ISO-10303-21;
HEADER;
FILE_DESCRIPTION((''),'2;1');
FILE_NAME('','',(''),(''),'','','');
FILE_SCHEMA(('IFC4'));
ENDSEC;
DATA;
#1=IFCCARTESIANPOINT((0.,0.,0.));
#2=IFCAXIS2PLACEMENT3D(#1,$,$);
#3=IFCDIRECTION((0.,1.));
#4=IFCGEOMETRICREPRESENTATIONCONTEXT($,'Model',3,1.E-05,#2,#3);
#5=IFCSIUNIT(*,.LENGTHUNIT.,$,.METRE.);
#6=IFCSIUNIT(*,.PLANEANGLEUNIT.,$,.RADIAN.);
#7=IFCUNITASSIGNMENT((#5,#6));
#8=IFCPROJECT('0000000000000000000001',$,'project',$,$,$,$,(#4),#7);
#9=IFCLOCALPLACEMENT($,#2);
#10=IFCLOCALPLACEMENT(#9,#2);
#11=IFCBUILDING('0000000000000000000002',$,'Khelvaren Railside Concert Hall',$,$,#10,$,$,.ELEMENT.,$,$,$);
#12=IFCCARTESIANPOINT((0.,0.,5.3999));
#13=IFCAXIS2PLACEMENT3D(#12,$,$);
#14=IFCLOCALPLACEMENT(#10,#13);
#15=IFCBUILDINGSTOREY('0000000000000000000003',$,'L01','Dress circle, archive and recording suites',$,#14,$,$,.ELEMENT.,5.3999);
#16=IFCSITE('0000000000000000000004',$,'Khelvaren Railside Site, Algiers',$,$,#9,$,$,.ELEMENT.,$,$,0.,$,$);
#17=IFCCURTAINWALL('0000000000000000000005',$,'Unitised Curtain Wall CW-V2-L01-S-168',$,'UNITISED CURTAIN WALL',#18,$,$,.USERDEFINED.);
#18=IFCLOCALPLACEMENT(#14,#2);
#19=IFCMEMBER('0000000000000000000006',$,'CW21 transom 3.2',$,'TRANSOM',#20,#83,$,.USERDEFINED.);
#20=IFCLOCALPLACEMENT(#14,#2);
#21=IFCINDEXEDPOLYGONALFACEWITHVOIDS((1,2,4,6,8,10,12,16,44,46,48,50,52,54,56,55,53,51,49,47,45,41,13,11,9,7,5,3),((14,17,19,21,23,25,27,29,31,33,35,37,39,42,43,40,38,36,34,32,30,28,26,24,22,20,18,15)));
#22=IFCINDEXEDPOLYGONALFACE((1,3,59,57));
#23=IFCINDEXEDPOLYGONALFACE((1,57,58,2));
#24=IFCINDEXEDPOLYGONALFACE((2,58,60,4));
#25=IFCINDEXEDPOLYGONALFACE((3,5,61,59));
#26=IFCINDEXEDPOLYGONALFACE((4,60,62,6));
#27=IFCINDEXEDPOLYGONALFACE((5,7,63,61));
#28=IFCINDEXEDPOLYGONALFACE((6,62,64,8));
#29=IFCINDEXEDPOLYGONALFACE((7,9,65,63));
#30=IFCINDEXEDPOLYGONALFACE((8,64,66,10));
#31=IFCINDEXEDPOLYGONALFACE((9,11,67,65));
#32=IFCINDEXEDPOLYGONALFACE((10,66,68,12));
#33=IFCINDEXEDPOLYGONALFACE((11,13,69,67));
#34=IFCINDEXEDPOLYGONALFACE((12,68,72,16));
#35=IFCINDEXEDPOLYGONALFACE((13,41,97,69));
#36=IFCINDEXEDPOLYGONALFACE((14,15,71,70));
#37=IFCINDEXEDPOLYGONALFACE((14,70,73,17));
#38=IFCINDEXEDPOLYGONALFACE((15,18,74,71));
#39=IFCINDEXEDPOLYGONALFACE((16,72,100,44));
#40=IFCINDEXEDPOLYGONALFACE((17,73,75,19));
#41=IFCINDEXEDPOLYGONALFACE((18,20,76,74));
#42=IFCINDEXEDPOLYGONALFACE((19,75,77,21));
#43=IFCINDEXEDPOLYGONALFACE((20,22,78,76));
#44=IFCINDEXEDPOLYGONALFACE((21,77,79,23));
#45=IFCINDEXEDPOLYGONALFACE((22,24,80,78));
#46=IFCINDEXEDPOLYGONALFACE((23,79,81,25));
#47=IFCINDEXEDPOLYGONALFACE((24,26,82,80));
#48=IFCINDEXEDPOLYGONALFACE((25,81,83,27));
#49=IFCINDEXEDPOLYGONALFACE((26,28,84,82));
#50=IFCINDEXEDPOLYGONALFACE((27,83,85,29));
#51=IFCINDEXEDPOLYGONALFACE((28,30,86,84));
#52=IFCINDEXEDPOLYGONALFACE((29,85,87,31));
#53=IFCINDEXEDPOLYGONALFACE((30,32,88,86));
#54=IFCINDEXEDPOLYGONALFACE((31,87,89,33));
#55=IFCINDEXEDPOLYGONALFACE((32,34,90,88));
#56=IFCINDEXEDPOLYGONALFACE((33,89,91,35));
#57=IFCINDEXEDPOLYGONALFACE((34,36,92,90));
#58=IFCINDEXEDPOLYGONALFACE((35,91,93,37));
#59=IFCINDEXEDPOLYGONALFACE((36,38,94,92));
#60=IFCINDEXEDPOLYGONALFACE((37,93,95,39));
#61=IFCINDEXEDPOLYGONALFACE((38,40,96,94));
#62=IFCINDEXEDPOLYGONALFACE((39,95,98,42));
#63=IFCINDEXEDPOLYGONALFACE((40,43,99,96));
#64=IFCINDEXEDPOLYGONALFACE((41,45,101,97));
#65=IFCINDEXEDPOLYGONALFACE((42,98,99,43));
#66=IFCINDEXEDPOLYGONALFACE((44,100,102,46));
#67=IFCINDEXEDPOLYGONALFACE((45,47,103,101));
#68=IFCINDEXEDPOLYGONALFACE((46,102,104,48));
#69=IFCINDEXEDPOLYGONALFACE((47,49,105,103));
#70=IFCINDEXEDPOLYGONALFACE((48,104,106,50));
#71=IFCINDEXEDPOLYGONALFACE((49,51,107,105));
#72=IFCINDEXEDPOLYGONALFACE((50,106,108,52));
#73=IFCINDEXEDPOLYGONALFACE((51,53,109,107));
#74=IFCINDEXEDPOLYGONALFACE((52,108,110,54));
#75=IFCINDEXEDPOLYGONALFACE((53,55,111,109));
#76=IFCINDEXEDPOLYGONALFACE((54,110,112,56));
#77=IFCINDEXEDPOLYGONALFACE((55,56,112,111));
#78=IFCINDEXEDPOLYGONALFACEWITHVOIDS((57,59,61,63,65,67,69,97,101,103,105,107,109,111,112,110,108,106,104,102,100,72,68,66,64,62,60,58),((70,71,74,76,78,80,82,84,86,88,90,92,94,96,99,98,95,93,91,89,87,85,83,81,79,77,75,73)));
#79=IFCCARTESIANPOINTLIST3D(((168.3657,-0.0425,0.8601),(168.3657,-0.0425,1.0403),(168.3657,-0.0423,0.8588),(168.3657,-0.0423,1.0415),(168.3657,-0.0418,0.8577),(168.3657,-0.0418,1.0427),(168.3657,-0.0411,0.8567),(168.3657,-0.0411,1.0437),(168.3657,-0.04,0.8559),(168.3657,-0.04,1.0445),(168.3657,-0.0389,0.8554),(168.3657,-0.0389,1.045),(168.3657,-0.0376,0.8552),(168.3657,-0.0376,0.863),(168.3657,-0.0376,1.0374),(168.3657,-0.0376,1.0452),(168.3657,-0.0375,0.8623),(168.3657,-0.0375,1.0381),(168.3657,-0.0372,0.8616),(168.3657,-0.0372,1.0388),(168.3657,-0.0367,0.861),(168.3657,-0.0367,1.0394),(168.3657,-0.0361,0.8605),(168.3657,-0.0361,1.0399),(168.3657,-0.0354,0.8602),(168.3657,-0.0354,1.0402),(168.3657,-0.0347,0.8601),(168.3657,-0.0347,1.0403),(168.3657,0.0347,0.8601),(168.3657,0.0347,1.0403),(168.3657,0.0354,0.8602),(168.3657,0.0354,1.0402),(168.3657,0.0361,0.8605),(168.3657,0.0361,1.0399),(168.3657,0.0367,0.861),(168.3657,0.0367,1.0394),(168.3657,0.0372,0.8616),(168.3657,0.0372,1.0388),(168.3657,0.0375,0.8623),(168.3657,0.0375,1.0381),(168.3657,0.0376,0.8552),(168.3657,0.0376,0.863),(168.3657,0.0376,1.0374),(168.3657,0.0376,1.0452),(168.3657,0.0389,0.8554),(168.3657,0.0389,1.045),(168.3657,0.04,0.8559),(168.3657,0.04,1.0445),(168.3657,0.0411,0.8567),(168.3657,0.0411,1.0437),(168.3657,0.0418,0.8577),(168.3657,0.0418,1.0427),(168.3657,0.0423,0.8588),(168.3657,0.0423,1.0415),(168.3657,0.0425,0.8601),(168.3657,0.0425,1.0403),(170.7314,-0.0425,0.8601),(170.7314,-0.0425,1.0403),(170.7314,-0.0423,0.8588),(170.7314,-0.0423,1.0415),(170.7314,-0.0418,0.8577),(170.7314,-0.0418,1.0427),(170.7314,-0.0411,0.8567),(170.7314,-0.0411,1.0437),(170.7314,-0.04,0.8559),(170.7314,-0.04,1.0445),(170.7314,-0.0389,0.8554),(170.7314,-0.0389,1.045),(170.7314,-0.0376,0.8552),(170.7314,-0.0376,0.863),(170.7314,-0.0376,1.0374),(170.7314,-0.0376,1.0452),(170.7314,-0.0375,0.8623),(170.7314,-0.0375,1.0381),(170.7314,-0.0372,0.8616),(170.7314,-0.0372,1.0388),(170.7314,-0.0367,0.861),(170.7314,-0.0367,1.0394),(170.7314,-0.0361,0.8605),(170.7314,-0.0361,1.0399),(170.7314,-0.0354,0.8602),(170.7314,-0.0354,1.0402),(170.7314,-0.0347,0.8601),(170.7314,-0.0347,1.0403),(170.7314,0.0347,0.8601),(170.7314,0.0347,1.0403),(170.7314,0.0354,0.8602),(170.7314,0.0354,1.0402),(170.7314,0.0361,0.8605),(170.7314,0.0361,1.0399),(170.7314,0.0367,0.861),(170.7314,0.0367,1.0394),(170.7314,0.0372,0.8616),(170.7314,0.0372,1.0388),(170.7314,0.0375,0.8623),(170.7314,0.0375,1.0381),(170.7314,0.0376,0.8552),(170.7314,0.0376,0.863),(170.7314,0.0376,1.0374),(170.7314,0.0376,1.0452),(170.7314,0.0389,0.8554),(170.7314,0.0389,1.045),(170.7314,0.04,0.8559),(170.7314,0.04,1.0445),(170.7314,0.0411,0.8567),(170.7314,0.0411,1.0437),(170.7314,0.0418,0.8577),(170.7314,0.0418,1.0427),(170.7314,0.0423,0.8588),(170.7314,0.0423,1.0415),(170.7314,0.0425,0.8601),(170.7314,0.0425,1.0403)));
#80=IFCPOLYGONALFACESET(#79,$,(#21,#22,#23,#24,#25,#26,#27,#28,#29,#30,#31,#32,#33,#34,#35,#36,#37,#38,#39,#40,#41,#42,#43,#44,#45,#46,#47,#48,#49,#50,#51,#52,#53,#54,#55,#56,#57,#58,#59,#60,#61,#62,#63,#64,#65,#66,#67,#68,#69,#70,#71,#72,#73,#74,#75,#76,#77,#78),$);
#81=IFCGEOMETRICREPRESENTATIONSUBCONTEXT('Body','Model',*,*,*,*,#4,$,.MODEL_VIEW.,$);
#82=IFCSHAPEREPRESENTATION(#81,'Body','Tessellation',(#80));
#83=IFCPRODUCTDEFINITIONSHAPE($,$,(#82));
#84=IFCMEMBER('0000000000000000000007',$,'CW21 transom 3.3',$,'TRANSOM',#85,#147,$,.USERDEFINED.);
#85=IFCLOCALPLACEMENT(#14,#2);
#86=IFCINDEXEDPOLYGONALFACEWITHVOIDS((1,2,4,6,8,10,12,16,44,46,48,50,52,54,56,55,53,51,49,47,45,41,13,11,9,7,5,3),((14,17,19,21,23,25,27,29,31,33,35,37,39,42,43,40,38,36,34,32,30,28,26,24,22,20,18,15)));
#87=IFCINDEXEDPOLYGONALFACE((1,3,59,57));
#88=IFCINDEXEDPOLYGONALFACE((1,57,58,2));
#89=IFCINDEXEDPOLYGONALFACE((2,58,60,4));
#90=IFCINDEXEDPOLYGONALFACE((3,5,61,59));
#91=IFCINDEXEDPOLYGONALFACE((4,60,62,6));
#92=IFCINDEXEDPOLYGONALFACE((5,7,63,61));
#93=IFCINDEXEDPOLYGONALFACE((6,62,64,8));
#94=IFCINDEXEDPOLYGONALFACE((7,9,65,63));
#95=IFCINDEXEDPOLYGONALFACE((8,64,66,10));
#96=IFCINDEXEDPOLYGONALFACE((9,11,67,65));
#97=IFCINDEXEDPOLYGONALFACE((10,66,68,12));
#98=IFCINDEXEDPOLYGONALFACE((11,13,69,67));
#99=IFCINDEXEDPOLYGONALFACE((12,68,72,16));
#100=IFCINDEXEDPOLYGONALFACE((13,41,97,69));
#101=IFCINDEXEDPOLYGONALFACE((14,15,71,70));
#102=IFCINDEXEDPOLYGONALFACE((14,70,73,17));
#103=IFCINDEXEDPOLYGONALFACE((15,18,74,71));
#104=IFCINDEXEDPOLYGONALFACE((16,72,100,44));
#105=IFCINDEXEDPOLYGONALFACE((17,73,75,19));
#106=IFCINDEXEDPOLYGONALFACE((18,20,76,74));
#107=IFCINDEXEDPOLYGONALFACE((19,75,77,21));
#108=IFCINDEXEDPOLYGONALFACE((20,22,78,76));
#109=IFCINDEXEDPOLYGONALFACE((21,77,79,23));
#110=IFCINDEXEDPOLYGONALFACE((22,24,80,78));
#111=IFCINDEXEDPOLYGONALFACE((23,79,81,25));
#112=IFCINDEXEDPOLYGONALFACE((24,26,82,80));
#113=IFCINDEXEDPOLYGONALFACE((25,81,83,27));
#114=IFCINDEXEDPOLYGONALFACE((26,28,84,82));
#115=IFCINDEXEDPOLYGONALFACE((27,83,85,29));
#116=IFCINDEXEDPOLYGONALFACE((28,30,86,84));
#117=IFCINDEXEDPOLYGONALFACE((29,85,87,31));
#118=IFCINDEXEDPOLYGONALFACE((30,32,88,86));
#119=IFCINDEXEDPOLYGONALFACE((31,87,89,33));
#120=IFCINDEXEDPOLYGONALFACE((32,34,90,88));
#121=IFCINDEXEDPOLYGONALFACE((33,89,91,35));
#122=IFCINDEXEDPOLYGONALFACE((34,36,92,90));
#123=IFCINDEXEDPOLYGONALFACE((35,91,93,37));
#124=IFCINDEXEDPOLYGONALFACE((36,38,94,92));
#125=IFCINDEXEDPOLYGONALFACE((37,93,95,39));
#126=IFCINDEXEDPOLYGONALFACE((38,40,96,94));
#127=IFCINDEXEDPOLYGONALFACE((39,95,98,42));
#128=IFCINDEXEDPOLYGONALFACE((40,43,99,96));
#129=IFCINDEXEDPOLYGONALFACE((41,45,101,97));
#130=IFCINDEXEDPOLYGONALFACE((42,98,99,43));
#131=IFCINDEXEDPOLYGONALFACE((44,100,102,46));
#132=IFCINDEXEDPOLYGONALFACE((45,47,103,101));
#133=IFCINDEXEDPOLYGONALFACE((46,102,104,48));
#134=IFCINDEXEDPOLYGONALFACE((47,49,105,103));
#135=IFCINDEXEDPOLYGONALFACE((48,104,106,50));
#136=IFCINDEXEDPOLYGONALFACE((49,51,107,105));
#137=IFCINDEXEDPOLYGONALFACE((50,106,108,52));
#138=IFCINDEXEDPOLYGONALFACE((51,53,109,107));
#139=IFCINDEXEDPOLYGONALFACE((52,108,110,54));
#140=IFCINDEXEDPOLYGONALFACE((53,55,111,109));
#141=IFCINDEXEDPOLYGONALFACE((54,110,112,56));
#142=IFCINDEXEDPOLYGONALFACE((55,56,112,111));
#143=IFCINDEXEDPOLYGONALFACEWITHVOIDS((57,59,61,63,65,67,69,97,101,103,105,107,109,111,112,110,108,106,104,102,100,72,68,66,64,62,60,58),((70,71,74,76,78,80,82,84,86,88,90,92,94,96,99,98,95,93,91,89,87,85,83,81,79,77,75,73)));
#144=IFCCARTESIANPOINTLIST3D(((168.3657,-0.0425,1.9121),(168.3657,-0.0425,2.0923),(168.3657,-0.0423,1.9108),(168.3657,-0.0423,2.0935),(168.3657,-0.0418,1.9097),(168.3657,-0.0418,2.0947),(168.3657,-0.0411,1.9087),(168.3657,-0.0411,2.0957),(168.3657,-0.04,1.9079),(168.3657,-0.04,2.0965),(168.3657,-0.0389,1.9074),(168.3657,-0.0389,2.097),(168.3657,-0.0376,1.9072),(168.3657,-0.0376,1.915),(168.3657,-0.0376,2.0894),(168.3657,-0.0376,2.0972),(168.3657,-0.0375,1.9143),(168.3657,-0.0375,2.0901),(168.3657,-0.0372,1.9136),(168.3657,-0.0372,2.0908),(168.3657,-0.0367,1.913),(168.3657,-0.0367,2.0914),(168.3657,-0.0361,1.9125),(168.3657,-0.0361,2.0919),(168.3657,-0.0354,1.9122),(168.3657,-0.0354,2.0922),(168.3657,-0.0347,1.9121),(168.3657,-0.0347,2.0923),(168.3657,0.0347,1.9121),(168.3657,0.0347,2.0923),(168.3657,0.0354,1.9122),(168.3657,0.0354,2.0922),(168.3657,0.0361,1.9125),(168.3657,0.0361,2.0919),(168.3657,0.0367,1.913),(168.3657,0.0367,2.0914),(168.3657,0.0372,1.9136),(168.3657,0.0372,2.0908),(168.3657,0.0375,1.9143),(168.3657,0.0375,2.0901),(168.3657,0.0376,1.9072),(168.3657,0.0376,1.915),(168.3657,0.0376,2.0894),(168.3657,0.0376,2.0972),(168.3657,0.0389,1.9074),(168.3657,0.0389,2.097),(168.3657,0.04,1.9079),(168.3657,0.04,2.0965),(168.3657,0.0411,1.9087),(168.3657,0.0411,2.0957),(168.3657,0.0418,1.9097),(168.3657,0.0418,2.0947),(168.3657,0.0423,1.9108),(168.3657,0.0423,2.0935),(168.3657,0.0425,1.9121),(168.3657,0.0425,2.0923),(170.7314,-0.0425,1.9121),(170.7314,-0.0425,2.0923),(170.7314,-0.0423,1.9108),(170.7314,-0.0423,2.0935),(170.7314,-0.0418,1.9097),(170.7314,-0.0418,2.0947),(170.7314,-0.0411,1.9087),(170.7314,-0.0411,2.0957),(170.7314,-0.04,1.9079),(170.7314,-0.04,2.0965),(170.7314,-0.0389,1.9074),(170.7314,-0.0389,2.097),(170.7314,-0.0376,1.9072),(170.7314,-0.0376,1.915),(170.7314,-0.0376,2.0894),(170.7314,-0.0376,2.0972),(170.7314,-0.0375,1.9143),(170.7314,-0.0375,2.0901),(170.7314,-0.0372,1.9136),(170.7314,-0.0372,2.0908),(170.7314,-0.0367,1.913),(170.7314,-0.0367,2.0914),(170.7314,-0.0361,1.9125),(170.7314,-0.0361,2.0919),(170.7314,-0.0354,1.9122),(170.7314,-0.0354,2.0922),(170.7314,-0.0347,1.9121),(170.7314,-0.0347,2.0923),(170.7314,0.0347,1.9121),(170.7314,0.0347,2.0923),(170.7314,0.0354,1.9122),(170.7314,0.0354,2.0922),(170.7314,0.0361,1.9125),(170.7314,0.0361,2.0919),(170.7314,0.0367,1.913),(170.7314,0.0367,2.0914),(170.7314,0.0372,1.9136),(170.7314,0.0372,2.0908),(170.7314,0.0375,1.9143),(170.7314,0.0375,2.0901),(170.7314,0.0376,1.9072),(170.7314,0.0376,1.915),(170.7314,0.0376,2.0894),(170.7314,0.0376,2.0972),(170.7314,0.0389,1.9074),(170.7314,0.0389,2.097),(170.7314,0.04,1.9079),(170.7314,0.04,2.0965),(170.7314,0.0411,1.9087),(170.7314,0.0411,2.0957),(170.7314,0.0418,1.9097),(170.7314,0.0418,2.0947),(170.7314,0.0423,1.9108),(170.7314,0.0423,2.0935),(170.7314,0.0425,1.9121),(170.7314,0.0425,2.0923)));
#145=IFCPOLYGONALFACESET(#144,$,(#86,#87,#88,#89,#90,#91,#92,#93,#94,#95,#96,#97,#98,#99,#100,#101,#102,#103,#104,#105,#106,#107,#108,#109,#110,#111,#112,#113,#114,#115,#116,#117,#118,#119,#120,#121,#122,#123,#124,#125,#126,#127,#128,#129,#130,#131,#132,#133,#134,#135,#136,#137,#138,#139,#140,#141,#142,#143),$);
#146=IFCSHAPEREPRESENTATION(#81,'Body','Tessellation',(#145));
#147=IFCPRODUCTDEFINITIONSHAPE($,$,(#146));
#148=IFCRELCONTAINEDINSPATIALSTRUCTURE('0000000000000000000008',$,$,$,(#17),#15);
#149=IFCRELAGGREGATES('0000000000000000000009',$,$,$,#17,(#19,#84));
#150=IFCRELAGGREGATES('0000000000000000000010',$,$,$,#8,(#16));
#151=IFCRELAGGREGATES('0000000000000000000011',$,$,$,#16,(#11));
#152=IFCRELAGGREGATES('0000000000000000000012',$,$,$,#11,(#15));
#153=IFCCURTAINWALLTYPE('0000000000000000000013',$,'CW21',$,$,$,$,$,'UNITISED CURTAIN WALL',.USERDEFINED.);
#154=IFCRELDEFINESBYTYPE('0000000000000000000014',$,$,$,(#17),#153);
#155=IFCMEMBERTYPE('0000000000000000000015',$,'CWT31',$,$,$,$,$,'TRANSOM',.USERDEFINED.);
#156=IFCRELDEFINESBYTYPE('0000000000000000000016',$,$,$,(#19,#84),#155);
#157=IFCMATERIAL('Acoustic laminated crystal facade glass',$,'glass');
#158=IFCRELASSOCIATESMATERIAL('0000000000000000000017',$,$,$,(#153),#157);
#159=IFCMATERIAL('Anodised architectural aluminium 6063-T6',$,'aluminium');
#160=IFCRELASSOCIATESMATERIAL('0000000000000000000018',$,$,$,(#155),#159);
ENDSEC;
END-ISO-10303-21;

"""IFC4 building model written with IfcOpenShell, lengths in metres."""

from ifc_helpers import new_model, si_unit, direction, frame, origin, origin_2d, place, context, subcontext, project, spatial, hollow_rectangle, extrude, material, material_profile, profile_set, type_object, element, aggregate, save


model = new_model("IFC4")

# Units and contexts
model_context = context("Model", 3, precision=1e-05, world=origin(), true_north=direction((0.0, 1.0)))
body_context = subcontext(model_context, "Body", "Model", "MODEL_VIEW")
ifc_project = project(units=[si_unit("LENGTHUNIT", "METRE"), si_unit("PLANEANGLEUNIT", "RADIAN")], contexts=[model_context])

# Site, building, storey
site_placement = place(None, origin())
site = spatial("IfcSite", under=ifc_project, at=site_placement, Name="Khelvaren Railside Site, Algiers", CompositionType="ELEMENT", RefElevation=0.0)
building_placement = place(site_placement, origin())
building = spatial("IfcBuilding", under=site, at=building_placement, Name="Khelvaren Railside Concert Hall", CompositionType="ELEMENT")
storey_placement = place(building_placement, frame((0.0, 0.0, 5.3999)))
storey = spatial("IfcBuildingStorey", under=building, at=storey_placement, Name="L01", Description="Dress circle, archive and recording suites", CompositionType="ELEMENT", Elevation=5.3999)

# Curtain wall
ifc_material_1 = material(Name="Acoustic laminated crystal facade glass", Category="glass")
ifc_material_2 = material(Name="Anodised architectural aluminium 6063-T6", Category="aluminium")
curtain_wall_type_1 = type_object("IfcCurtainWallType", Name="CW21", ElementType="UNITISED CURTAIN WALL", PredefinedType="USERDEFINED", material=ifc_material_1)
curtain_wall_1_placement = place(storey_placement, origin())
curtain_wall_1 = element("IfcCurtainWall", 1, at=curtain_wall_1_placement, inside=storey, type_object=curtain_wall_type_1, Name="Unitised Curtain Wall CW-V2-L01-S-168", ObjectType="UNITISED CURTAIN WALL", PredefinedType="USERDEFINED")

# Members
ifc_material_profile_1 = material_profile(ifc_material_2, hollow_rectangle(XDim=0.085, YDim=0.1899, WallThickness=0.0049, InnerFilletRadius=0.0029, OuterFilletRadius=0.0049, at=origin_2d()), Name="CWT 85x190x5")
ifc_profile_set_1 = profile_set([ifc_material_profile_1], Name="Anodised architectural aluminium 6063-T6")
member_type_1 = type_object("IfcMemberType", Name="CWT31", ElementType="TRANSOM", PredefinedType="USERDEFINED", material=ifc_profile_set_1)
member_1_placement = place(storey_placement, frame((170.7314, 0.0, 0.9502), z_axis=(-1.0, 0.0, 0.0), x_axis=(0.0, -1.0, 0.0)))
member_1 = element("IfcMember", 2, at=member_1_placement, type_object=member_type_1, Name="CW21 transom 3.2", ObjectType="TRANSOM", PredefinedType="USERDEFINED", context=body_context, shape_type="SweptSolid", body=[
    extrude(hollow_rectangle(XDim=0.085, YDim=0.1899, WallThickness=0.0049, InnerFilletRadius=0.0029, OuterFilletRadius=0.0049, at=origin_2d()), origin(), (0.0, 0.0, 1.0), 2.3657),
])
member_2_placement = place(storey_placement, frame((170.7314, 0.0, 2.0022), z_axis=(-1.0, 0.0, 0.0), x_axis=(0.0, -1.0, 0.0)))
member_2 = element("IfcMember", 3, at=member_2_placement, type_object=member_type_1, Name="CW21 transom 3.3", ObjectType="TRANSOM", PredefinedType="USERDEFINED", context=body_context, shape_type="SweptSolid", body=[
    extrude(hollow_rectangle(XDim=0.085, YDim=0.1899, WallThickness=0.0049, InnerFilletRadius=0.0029, OuterFilletRadius=0.0049, at=origin_2d()), origin(), (0.0, 0.0, 1.0), 2.3657),
])

aggregate(curtain_wall_1, [member_1, member_2])

save(model, "model.ifc")
